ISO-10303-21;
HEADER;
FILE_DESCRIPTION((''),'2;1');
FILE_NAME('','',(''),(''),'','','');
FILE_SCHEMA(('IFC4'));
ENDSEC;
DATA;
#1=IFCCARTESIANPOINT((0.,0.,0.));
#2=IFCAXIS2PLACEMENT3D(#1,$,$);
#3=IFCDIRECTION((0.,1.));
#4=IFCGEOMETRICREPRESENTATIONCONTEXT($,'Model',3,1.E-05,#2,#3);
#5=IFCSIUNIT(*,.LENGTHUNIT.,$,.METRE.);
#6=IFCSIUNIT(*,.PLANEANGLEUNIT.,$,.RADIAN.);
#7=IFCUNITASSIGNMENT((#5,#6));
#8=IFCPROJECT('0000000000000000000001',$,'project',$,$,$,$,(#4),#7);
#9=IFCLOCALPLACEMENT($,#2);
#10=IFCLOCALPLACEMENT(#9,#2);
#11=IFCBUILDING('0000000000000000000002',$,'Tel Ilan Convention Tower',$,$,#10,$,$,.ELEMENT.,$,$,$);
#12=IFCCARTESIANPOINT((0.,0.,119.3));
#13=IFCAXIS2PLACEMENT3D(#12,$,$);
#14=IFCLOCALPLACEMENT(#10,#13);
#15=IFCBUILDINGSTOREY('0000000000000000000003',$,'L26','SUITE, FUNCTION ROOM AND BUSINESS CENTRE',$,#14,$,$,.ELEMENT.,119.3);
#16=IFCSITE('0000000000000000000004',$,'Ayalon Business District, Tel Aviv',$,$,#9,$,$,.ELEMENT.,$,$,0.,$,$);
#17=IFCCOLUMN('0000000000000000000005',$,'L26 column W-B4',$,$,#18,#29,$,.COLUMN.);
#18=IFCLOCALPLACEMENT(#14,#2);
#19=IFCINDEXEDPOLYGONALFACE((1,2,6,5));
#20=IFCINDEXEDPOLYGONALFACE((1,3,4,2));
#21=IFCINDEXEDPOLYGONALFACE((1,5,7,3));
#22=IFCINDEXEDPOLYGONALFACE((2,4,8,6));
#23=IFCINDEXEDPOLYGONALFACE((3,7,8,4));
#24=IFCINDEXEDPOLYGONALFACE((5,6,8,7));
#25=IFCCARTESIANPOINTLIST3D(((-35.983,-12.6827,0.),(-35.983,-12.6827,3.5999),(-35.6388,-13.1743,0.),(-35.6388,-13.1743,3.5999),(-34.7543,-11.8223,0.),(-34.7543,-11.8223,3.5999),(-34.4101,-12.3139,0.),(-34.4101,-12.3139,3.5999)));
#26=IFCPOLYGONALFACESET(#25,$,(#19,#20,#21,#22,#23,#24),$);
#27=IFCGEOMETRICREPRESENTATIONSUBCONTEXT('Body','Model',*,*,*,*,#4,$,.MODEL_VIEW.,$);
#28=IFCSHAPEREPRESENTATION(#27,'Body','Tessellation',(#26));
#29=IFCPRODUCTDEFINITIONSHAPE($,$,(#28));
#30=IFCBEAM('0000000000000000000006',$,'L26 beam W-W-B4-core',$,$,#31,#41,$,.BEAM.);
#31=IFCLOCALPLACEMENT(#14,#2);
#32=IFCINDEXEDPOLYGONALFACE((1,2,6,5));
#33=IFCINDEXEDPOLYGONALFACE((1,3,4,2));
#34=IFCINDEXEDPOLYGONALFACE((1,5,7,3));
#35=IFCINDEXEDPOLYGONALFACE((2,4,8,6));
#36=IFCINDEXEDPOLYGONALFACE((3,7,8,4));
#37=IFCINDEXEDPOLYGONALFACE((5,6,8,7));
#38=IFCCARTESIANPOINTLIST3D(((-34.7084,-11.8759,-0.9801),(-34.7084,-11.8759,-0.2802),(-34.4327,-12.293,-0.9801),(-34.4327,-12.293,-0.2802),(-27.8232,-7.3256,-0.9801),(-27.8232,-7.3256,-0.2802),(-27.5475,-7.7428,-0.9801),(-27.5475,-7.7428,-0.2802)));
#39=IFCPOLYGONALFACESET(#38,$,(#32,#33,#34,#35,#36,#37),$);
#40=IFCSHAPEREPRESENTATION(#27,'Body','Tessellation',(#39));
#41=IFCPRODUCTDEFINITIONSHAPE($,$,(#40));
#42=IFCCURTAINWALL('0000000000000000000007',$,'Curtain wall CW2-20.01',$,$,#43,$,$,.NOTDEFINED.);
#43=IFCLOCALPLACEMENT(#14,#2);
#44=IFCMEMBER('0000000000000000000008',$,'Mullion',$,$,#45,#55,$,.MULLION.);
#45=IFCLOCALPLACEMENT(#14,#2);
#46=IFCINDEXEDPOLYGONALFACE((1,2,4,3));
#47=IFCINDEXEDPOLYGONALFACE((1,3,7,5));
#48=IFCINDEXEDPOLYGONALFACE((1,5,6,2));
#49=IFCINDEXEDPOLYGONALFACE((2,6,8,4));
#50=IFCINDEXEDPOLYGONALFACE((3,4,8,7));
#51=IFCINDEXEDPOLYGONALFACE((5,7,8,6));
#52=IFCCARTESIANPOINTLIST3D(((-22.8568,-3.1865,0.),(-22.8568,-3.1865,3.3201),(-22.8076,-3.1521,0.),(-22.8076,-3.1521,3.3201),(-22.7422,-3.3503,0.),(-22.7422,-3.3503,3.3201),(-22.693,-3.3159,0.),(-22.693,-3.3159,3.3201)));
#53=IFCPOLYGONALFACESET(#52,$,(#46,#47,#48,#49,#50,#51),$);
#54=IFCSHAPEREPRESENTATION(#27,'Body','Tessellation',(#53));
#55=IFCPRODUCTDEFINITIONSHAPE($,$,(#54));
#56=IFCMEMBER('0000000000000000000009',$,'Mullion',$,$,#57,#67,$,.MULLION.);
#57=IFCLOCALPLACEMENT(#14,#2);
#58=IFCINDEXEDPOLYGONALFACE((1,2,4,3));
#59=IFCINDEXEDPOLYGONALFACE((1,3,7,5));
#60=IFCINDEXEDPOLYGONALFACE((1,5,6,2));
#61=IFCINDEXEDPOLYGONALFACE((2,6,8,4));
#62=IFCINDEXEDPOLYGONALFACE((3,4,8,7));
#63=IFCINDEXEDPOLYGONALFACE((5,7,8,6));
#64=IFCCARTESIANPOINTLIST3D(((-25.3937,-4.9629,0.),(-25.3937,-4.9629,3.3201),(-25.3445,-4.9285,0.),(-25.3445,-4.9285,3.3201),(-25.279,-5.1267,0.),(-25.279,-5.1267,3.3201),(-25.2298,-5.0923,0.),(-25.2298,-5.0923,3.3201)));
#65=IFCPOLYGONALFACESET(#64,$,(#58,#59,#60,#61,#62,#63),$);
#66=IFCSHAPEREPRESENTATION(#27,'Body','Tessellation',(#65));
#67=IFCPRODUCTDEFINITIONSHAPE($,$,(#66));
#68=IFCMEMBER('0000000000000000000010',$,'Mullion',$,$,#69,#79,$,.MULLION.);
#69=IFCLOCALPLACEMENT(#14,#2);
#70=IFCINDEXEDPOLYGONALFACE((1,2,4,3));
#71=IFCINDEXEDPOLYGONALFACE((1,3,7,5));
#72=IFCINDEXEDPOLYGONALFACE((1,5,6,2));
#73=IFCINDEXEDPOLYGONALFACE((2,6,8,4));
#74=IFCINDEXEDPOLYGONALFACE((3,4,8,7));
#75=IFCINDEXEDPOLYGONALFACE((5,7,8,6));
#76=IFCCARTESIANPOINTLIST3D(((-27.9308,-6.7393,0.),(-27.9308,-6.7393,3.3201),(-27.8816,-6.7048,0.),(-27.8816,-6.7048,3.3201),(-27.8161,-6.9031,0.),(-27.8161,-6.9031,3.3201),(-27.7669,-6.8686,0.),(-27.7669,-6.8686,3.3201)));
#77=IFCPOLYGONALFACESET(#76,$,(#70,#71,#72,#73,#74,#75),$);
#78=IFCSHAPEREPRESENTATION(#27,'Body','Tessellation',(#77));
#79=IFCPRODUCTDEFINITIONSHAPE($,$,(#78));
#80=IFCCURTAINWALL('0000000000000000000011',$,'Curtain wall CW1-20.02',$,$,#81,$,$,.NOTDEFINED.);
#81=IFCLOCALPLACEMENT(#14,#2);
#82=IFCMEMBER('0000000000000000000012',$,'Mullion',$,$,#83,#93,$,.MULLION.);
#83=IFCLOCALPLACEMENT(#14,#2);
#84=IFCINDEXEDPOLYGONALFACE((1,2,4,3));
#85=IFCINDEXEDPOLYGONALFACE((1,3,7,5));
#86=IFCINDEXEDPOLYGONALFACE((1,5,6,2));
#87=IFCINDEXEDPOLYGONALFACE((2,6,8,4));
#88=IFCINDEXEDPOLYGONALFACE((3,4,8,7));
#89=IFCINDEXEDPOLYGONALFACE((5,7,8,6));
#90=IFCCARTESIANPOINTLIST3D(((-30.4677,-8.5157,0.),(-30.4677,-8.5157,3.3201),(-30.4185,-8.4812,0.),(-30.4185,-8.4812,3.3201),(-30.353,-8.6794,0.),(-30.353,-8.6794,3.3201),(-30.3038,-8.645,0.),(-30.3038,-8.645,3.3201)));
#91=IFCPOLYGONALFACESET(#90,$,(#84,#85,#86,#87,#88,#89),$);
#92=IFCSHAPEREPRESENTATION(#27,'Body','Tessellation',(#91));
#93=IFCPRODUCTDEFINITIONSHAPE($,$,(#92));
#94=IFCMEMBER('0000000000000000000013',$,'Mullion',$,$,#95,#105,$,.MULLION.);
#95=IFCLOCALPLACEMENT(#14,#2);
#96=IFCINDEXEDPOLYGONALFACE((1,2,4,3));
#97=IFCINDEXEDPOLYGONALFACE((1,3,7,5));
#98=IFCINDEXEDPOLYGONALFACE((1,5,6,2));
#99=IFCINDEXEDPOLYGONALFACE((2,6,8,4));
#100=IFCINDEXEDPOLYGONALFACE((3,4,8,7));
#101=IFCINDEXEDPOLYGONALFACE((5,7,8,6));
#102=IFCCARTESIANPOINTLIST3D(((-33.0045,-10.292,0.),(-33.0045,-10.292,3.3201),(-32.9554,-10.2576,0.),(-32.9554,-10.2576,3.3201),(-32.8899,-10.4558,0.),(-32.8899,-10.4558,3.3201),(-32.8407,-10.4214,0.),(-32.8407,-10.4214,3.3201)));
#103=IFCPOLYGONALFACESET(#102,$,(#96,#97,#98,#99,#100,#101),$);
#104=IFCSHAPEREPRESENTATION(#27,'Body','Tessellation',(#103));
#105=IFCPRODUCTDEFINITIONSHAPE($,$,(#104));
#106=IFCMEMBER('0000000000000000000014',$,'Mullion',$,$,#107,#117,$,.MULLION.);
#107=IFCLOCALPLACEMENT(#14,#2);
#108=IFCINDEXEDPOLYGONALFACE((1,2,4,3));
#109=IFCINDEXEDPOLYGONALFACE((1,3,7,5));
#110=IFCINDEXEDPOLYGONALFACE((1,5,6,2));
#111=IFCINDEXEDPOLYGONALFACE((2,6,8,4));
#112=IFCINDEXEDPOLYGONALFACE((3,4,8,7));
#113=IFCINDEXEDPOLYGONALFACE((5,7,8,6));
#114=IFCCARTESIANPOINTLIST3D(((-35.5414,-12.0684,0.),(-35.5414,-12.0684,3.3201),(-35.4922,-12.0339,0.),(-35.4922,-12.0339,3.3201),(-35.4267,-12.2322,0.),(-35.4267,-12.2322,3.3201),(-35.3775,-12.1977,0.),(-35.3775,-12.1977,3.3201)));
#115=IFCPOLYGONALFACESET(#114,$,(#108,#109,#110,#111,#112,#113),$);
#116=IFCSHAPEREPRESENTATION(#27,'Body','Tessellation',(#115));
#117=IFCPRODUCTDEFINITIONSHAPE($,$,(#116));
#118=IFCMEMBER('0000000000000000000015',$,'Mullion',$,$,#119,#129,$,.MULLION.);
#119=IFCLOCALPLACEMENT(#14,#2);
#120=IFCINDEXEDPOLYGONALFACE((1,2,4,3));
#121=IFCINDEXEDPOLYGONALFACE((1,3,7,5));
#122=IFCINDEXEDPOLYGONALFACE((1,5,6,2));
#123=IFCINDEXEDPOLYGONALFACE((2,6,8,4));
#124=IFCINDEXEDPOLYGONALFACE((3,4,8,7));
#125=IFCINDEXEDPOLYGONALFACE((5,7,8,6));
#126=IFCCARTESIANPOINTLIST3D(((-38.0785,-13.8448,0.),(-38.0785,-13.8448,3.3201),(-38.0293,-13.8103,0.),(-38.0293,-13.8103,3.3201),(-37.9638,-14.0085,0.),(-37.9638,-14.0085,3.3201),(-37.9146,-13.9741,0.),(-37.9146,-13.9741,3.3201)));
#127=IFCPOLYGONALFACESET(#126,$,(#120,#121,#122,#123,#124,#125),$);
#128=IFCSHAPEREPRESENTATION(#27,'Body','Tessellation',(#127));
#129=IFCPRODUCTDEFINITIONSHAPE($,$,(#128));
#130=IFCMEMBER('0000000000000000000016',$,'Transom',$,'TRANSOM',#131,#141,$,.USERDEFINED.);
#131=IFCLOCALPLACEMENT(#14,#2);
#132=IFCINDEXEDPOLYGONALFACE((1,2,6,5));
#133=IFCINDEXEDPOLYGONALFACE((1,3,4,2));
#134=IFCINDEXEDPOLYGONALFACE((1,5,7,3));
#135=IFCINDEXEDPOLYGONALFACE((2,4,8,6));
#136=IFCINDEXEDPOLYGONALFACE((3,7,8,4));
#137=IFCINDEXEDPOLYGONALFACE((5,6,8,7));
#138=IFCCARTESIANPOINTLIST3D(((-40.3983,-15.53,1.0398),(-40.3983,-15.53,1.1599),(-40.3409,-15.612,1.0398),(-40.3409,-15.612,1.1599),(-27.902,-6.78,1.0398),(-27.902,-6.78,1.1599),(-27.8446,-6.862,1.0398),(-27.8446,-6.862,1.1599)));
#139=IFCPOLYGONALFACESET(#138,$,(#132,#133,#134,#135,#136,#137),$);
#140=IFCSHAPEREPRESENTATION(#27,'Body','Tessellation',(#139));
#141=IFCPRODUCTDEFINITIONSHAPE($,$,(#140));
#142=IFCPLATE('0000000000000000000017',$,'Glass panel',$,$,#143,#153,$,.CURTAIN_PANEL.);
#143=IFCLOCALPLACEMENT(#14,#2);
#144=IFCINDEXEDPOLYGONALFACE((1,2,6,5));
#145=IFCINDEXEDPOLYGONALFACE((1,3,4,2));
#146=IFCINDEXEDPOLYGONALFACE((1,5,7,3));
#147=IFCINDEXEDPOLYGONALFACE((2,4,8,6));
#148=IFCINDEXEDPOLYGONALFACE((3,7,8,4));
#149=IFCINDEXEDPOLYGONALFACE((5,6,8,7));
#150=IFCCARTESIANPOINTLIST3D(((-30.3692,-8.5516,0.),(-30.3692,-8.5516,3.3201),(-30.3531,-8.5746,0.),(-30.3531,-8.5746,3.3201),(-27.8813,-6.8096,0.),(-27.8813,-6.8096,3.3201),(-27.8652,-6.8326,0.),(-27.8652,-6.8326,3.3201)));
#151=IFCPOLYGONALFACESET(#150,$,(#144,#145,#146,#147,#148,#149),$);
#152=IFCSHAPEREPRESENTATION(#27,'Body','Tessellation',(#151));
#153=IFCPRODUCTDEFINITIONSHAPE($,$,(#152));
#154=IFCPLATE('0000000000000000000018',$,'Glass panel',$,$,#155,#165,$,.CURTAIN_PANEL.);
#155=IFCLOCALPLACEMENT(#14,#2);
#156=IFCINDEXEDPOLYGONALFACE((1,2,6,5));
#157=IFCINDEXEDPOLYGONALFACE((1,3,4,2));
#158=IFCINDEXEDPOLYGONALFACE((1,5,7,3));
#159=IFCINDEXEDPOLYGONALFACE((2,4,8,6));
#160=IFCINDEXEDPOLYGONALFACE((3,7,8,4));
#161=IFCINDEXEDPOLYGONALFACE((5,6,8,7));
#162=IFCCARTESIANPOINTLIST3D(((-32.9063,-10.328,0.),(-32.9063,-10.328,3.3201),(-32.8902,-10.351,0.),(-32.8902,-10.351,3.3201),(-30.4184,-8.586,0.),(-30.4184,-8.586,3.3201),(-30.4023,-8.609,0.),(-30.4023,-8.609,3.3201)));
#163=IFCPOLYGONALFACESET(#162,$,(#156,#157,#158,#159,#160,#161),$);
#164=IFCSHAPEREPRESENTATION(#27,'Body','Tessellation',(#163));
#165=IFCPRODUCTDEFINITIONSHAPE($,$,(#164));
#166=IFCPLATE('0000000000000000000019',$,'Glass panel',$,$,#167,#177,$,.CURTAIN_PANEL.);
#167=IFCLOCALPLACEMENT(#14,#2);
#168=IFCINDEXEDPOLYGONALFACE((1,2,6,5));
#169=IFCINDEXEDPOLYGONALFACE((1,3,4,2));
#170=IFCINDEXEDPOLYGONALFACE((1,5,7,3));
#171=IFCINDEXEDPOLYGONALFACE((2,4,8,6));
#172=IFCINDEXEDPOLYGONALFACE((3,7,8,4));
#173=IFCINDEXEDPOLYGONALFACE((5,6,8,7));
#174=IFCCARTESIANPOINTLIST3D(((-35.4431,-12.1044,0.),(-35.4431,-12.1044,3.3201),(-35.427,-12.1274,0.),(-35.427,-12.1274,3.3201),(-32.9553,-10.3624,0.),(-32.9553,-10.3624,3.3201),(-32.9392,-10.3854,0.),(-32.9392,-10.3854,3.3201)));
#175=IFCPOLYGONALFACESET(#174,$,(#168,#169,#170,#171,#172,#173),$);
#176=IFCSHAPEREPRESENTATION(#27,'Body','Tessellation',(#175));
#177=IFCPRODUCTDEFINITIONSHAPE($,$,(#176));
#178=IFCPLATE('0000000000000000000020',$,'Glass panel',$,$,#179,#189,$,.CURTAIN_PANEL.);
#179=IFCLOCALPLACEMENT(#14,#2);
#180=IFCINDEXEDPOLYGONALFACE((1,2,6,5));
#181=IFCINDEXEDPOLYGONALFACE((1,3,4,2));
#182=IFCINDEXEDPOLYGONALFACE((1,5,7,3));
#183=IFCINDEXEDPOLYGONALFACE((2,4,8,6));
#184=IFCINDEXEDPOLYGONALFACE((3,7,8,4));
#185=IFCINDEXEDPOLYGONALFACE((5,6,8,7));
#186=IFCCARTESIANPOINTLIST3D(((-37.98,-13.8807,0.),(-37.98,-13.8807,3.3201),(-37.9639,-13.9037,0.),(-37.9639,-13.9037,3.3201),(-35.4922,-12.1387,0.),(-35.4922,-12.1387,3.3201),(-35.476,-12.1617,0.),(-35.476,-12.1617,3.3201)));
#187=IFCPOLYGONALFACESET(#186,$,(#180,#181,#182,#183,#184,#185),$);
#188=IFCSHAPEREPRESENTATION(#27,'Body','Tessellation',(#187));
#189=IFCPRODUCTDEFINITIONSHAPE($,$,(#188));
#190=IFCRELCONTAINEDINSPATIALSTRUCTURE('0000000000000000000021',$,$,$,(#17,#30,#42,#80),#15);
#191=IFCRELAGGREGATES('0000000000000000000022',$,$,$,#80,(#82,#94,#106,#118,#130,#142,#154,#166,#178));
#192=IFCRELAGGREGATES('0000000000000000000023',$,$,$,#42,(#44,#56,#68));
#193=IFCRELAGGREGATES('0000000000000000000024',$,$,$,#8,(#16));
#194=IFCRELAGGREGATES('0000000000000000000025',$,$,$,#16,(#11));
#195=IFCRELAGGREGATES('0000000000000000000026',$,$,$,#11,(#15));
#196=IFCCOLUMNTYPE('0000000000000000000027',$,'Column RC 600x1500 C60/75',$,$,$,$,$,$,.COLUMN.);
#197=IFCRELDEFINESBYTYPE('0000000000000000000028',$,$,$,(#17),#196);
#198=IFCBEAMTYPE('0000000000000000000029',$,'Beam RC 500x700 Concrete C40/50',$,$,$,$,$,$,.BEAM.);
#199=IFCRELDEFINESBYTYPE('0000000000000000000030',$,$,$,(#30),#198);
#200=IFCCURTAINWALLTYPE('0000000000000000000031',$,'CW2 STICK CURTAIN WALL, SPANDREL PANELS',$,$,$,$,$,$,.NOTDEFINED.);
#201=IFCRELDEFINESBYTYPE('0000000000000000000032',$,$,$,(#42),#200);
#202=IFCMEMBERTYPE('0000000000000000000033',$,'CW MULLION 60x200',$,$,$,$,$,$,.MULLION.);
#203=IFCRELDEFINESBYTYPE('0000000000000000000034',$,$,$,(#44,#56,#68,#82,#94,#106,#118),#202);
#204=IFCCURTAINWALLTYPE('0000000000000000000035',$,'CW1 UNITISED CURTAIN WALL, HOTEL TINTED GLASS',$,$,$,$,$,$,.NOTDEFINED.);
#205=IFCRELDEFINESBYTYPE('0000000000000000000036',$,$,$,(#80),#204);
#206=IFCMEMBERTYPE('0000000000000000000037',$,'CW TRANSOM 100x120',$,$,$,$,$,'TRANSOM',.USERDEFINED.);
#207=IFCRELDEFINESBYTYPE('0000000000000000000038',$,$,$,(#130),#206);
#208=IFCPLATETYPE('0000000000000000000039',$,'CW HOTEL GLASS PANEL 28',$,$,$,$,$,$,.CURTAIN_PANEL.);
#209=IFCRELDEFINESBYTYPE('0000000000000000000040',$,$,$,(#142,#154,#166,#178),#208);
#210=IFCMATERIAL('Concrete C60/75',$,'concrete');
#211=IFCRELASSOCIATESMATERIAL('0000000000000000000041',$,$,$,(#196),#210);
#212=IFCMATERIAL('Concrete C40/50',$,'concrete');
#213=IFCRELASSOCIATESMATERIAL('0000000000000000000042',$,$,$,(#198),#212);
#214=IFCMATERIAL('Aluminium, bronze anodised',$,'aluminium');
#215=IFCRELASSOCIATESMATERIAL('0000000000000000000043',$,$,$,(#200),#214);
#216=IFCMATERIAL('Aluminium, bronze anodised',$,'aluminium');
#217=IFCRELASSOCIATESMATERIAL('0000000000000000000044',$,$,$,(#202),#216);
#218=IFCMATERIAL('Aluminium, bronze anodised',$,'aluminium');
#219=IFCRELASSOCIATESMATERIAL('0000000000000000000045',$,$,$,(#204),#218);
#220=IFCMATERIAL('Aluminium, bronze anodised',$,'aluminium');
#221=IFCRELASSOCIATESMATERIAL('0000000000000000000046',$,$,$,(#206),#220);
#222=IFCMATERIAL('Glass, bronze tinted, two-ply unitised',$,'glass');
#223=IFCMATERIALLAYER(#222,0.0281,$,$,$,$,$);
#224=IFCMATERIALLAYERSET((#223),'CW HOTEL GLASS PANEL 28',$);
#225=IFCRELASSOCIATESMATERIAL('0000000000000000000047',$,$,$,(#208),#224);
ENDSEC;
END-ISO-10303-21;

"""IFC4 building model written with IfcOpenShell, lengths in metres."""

from ifc_helpers import new_model, si_unit, direction, frame, origin, origin_2d, place, context, subcontext, project, spatial, rectangle, extrude, material, layer, layer_set, material_profile, profile_set, type_object, element, aggregate, save


model = new_model("IFC4")

# Units and contexts
model_context = context("Model", 3, precision=1e-05, world=origin(), true_north=direction((0.0, 1.0)))
body_context = subcontext(model_context, "Body", "Model", "MODEL_VIEW")
ifc_project = project(units=[si_unit("LENGTHUNIT", "METRE"), si_unit("PLANEANGLEUNIT", "RADIAN")], contexts=[model_context])

# Site, building, storey
site_placement = place(None, origin())
site = spatial("IfcSite", under=ifc_project, at=site_placement, Name="Ayalon Business District, Tel Aviv", CompositionType="ELEMENT", RefElevation=0.0)
building_placement = place(site_placement, origin())
building = spatial("IfcBuilding", under=site, at=building_placement, Name="Tel Ilan Convention Tower", CompositionType="ELEMENT")
storey_placement = place(building_placement, frame((0.0, 0.0, 119.3)))
storey = spatial("IfcBuildingStorey", under=building, at=storey_placement, Name="L26", Description="SUITE, FUNCTION ROOM AND BUSINESS CENTRE", CompositionType="ELEMENT", Elevation=119.3)

# Column
ifc_material_1 = material(Name="Concrete C60/75", Category="concrete")
ifc_material_profile_1 = material_profile(ifc_material_1, rectangle(XDim=1.5, YDim=0.6001, at=origin_2d()), Name="RC 600x1500")
ifc_profile_set_1 = profile_set([ifc_material_profile_1], Name="Concrete C60/75")
column_type = type_object("IfcColumnType", Name="Column RC 600x1500 C60/75", PredefinedType="COLUMN", material=ifc_profile_set_1)
column_placement = place(storey_placement, frame((-35.1965, -12.4983, 0.0), z_axis=(0.0, 0.0, 1.0), x_axis=(-0.819152, -0.573576, 0.0)))
element("IfcColumn", 1, at=column_placement, inside=storey, type_object=column_type, Name="L26 column W-B4", PredefinedType="COLUMN", context=body_context, shape_type="SweptSolid", body=[
    extrude(rectangle(XDim=1.5, YDim=0.6001, at=origin_2d()), origin(), (0.0, 0.0, 1.0), 3.5999),
])

# Beam
ifc_material_2 = material(Name="Concrete C40/50", Category="concrete")
ifc_material_profile_2 = material_profile(ifc_material_2, rectangle(XDim=0.5, YDim=0.7, at=origin_2d()), Name="RC 500x700")
ifc_profile_set_2 = profile_set([ifc_material_profile_2], Name="Concrete C40/50")
beam_type = type_object("IfcBeamType", Name="Beam RC 500x700 Concrete C40/50", PredefinedType="BEAM", material=ifc_profile_set_2)
beam_placement = place(storey_placement, frame((-34.5706, -12.0845, -0.6301), z_axis=(0.834274, 0.551351, 0.0), x_axis=(-0.551351, 0.834274, 0.0)))
element("IfcBeam", 2, at=beam_placement, inside=storey, type_object=beam_type, Name="L26 beam W-W-B4-core", PredefinedType="BEAM", context=body_context, shape_type="SweptSolid", body=[
    extrude(rectangle(XDim=0.5, YDim=0.7, at=origin_2d()), origin(), (0.0, 0.0, 1.0), 8.2529),
])

# Curtain wall, members
ifc_material_3 = material(Name="Aluminium, bronze anodised", Category="aluminium")
curtain_wall_type_1 = type_object("IfcCurtainWallType", Name="CW2 STICK CURTAIN WALL, SPANDREL PANELS", PredefinedType="NOTDEFINED", material=ifc_material_3)
curtain_wall_1_placement = place(storey_placement, origin())
curtain_wall_1 = element("IfcCurtainWall", 3, at=curtain_wall_1_placement, inside=storey, type_object=curtain_wall_type_1, Name="Curtain wall CW2-20.01", PredefinedType="NOTDEFINED")
ifc_material_4 = material(Name="Aluminium, bronze anodised", Category="aluminium")
ifc_material_profile_3 = material_profile(ifc_material_4, rectangle(XDim=0.0601, YDim=0.2, at=origin_2d()), Name="CW MULLION 60x200")
ifc_profile_set_3 = profile_set([ifc_material_profile_3], Name="Aluminium, bronze anodised")
member_type_1 = type_object("IfcMemberType", Name="CW MULLION 60x200", PredefinedType="MULLION", material=ifc_profile_set_3)
member_1_placement = place(storey_placement, frame((-22.7749, -3.2512, 0.0), z_axis=(0.0, 0.0, 1.0), x_axis=(-0.819152, -0.573576, 0.0)))
member_1 = element("IfcMember", 4, at=member_1_placement, type_object=member_type_1, Name="Mullion", PredefinedType="MULLION", context=body_context, shape_type="SweptSolid", body=[
    extrude(rectangle(XDim=0.0601, YDim=0.2, at=origin_2d()), origin(), (0.0, 0.0, 1.0), 3.3201),
])
member_2_placement = place(storey_placement, frame((-25.3118, -5.0276, 0.0), z_axis=(0.0, 0.0, 1.0), x_axis=(-0.819152, -0.573576, 0.0)))
member_2 = element("IfcMember", 5, at=member_2_placement, type_object=member_type_1, Name="Mullion", PredefinedType="MULLION", context=body_context, shape_type="SweptSolid", body=[
    extrude(rectangle(XDim=0.0601, YDim=0.2, at=origin_2d()), origin(), (0.0, 0.0, 1.0), 3.3201),
])
member_3_placement = place(storey_placement, frame((-27.8489, -6.804, 0.0), z_axis=(0.0, 0.0, 1.0), x_axis=(-0.819152, -0.573576, 0.0)))
member_3 = element("IfcMember", 6, at=member_3_placement, type_object=member_type_1, Name="Mullion", PredefinedType="MULLION", context=body_context, shape_type="SweptSolid", body=[
    extrude(rectangle(XDim=0.0601, YDim=0.2, at=origin_2d()), origin(), (0.0, 0.0, 1.0), 3.3201),
])

# Curtain wall, members, plates
ifc_material_5 = material(Name="Aluminium, bronze anodised", Category="aluminium")
curtain_wall_type_2 = type_object("IfcCurtainWallType", Name="CW1 UNITISED CURTAIN WALL, HOTEL TINTED GLASS", PredefinedType="NOTDEFINED", material=ifc_material_5)
curtain_wall_2_placement = place(storey_placement, origin())
curtain_wall_2 = element("IfcCurtainWall", 7, at=curtain_wall_2_placement, inside=storey, type_object=curtain_wall_type_2, Name="Curtain wall CW1-20.02", PredefinedType="NOTDEFINED")
member_4_placement = place(storey_placement, frame((-30.3857, -8.5803, 0.0), z_axis=(0.0, 0.0, 1.0), x_axis=(-0.819152, -0.573576, 0.0)))
member_4 = element("IfcMember", 8, at=member_4_placement, type_object=member_type_1, Name="Mullion", PredefinedType="MULLION", context=body_context, shape_type="SweptSolid", body=[
    extrude(rectangle(XDim=0.0601, YDim=0.2, at=origin_2d()), origin(), (0.0, 0.0, 1.0), 3.3201),
])
member_5_placement = place(storey_placement, frame((-32.9226, -10.3567, 0.0), z_axis=(0.0, 0.0, 1.0), x_axis=(-0.819152, -0.573576, 0.0)))
member_5 = element("IfcMember", 9, at=member_5_placement, type_object=member_type_1, Name="Mullion", PredefinedType="MULLION", context=body_context, shape_type="SweptSolid", body=[
    extrude(rectangle(XDim=0.0601, YDim=0.2, at=origin_2d()), origin(), (0.0, 0.0, 1.0), 3.3201),
])
member_6_placement = place(storey_placement, frame((-35.4595, -12.1331, 0.0), z_axis=(0.0, 0.0, 1.0), x_axis=(-0.819152, -0.573576, 0.0)))
member_6 = element("IfcMember", 10, at=member_6_placement, type_object=member_type_1, Name="Mullion", PredefinedType="MULLION", context=body_context, shape_type="SweptSolid", body=[
    extrude(rectangle(XDim=0.0601, YDim=0.2, at=origin_2d()), origin(), (0.0, 0.0, 1.0), 3.3201),
])
member_7_placement = place(storey_placement, frame((-37.9966, -13.9094, 0.0), z_axis=(0.0, 0.0, 1.0), x_axis=(-0.819152, -0.573576, 0.0)))
member_7 = element("IfcMember", 11, at=member_7_placement, type_object=member_type_1, Name="Mullion", PredefinedType="MULLION", context=body_context, shape_type="SweptSolid", body=[
    extrude(rectangle(XDim=0.0601, YDim=0.2, at=origin_2d()), origin(), (0.0, 0.0, 1.0), 3.3201),
])
ifc_material_6 = material(Name="Aluminium, bronze anodised", Category="aluminium")
ifc_material_profile_4 = material_profile(ifc_material_6, rectangle(XDim=0.1001, YDim=0.1201, at=origin_2d()), Name="CW TRANSOM 100x120")
ifc_profile_set_4 = profile_set([ifc_material_profile_4], Name="Aluminium, bronze anodised")
member_type_2 = type_object("IfcMemberType", Name="CW TRANSOM 100x120", ElementType="TRANSOM", PredefinedType="USERDEFINED", material=ifc_profile_set_4)
member_8_placement = place(storey_placement, frame((-27.8733, -6.821, 1.0999), z_axis=(-0.819153, -0.573575, 0.0), x_axis=(0.573575, -0.819153, 0.0)))
member_8 = element("IfcMember", 12, at=member_8_placement, type_object=member_type_2, Name="Transom", ObjectType="TRANSOM", PredefinedType="USERDEFINED", context=body_context, shape_type="SweptSolid", body=[
    extrude(rectangle(XDim=0.1001, YDim=0.1201, at=origin_2d()), origin(), (0.0, 0.0, 1.0), 15.2551),
])
ifc_material_7 = material(Name="Glass, bronze tinted, two-ply unitised", Category="glass")
ifc_layer_1 = layer(ifc_material_7, 0.0281)
ifc_layer_set_1 = layer_set([ifc_layer_1], Name="CW HOTEL GLASS PANEL 28")
plate_type_1 = type_object("IfcPlateType", Name="CW HOTEL GLASS PANEL 28", PredefinedType="CURTAIN_PANEL", material=ifc_layer_set_1)
plate_1_placement = place(storey_placement, frame((-29.1172, -7.6921, 0.0), z_axis=(0.0, 0.0, 1.0), x_axis=(-0.819152, -0.573576, 0.0)))
plate_1 = element("IfcPlate", 13, at=plate_1_placement, type_object=plate_type_1, Name="Glass panel", PredefinedType="CURTAIN_PANEL", context=body_context, shape_type="SweptSolid", body=[
    extrude(rectangle(XDim=3.0371, YDim=0.0281, at=origin_2d()), origin(), (0.0, 0.0, 1.0), 3.3201),
])
plate_2_placement = place(storey_placement, frame((-31.6543, -9.4685, 0.0), z_axis=(0.0, 0.0, 1.0), x_axis=(-0.819152, -0.573576, 0.0)))
plate_2 = element("IfcPlate", 14, at=plate_2_placement, type_object=plate_type_1, Name="Glass panel", PredefinedType="CURTAIN_PANEL", context=body_context, shape_type="SweptSolid", body=[
    extrude(rectangle(XDim=3.0371, YDim=0.0281, at=origin_2d()), origin(), (0.0, 0.0, 1.0), 3.3201),
])
plate_3_placement = place(storey_placement, frame((-34.1912, -11.2449, 0.0), z_axis=(0.0, 0.0, 1.0), x_axis=(-0.819152, -0.573576, 0.0)))
plate_3 = element("IfcPlate", 15, at=plate_3_placement, type_object=plate_type_1, Name="Glass panel", PredefinedType="CURTAIN_PANEL", context=body_context, shape_type="SweptSolid", body=[
    extrude(rectangle(XDim=3.0371, YDim=0.0281, at=origin_2d()), origin(), (0.0, 0.0, 1.0), 3.3201),
])
plate_4_placement = place(storey_placement, frame((-36.728, -13.0212, 0.0), z_axis=(0.0, 0.0, 1.0), x_axis=(-0.819152, -0.573576, 0.0)))
plate_4 = element("IfcPlate", 16, at=plate_4_placement, type_object=plate_type_1, Name="Glass panel", PredefinedType="CURTAIN_PANEL", context=body_context, shape_type="SweptSolid", body=[
    extrude(rectangle(XDim=3.0371, YDim=0.0281, at=origin_2d()), origin(), (0.0, 0.0, 1.0), 3.3201),
])
aggregate(curtain_wall_2, [member_4, member_5, member_6, member_7, member_8, plate_1, plate_2, plate_3, plate_4])

aggregate(curtain_wall_1, [member_1, member_2, member_3])

save(model, "model.ifc")
